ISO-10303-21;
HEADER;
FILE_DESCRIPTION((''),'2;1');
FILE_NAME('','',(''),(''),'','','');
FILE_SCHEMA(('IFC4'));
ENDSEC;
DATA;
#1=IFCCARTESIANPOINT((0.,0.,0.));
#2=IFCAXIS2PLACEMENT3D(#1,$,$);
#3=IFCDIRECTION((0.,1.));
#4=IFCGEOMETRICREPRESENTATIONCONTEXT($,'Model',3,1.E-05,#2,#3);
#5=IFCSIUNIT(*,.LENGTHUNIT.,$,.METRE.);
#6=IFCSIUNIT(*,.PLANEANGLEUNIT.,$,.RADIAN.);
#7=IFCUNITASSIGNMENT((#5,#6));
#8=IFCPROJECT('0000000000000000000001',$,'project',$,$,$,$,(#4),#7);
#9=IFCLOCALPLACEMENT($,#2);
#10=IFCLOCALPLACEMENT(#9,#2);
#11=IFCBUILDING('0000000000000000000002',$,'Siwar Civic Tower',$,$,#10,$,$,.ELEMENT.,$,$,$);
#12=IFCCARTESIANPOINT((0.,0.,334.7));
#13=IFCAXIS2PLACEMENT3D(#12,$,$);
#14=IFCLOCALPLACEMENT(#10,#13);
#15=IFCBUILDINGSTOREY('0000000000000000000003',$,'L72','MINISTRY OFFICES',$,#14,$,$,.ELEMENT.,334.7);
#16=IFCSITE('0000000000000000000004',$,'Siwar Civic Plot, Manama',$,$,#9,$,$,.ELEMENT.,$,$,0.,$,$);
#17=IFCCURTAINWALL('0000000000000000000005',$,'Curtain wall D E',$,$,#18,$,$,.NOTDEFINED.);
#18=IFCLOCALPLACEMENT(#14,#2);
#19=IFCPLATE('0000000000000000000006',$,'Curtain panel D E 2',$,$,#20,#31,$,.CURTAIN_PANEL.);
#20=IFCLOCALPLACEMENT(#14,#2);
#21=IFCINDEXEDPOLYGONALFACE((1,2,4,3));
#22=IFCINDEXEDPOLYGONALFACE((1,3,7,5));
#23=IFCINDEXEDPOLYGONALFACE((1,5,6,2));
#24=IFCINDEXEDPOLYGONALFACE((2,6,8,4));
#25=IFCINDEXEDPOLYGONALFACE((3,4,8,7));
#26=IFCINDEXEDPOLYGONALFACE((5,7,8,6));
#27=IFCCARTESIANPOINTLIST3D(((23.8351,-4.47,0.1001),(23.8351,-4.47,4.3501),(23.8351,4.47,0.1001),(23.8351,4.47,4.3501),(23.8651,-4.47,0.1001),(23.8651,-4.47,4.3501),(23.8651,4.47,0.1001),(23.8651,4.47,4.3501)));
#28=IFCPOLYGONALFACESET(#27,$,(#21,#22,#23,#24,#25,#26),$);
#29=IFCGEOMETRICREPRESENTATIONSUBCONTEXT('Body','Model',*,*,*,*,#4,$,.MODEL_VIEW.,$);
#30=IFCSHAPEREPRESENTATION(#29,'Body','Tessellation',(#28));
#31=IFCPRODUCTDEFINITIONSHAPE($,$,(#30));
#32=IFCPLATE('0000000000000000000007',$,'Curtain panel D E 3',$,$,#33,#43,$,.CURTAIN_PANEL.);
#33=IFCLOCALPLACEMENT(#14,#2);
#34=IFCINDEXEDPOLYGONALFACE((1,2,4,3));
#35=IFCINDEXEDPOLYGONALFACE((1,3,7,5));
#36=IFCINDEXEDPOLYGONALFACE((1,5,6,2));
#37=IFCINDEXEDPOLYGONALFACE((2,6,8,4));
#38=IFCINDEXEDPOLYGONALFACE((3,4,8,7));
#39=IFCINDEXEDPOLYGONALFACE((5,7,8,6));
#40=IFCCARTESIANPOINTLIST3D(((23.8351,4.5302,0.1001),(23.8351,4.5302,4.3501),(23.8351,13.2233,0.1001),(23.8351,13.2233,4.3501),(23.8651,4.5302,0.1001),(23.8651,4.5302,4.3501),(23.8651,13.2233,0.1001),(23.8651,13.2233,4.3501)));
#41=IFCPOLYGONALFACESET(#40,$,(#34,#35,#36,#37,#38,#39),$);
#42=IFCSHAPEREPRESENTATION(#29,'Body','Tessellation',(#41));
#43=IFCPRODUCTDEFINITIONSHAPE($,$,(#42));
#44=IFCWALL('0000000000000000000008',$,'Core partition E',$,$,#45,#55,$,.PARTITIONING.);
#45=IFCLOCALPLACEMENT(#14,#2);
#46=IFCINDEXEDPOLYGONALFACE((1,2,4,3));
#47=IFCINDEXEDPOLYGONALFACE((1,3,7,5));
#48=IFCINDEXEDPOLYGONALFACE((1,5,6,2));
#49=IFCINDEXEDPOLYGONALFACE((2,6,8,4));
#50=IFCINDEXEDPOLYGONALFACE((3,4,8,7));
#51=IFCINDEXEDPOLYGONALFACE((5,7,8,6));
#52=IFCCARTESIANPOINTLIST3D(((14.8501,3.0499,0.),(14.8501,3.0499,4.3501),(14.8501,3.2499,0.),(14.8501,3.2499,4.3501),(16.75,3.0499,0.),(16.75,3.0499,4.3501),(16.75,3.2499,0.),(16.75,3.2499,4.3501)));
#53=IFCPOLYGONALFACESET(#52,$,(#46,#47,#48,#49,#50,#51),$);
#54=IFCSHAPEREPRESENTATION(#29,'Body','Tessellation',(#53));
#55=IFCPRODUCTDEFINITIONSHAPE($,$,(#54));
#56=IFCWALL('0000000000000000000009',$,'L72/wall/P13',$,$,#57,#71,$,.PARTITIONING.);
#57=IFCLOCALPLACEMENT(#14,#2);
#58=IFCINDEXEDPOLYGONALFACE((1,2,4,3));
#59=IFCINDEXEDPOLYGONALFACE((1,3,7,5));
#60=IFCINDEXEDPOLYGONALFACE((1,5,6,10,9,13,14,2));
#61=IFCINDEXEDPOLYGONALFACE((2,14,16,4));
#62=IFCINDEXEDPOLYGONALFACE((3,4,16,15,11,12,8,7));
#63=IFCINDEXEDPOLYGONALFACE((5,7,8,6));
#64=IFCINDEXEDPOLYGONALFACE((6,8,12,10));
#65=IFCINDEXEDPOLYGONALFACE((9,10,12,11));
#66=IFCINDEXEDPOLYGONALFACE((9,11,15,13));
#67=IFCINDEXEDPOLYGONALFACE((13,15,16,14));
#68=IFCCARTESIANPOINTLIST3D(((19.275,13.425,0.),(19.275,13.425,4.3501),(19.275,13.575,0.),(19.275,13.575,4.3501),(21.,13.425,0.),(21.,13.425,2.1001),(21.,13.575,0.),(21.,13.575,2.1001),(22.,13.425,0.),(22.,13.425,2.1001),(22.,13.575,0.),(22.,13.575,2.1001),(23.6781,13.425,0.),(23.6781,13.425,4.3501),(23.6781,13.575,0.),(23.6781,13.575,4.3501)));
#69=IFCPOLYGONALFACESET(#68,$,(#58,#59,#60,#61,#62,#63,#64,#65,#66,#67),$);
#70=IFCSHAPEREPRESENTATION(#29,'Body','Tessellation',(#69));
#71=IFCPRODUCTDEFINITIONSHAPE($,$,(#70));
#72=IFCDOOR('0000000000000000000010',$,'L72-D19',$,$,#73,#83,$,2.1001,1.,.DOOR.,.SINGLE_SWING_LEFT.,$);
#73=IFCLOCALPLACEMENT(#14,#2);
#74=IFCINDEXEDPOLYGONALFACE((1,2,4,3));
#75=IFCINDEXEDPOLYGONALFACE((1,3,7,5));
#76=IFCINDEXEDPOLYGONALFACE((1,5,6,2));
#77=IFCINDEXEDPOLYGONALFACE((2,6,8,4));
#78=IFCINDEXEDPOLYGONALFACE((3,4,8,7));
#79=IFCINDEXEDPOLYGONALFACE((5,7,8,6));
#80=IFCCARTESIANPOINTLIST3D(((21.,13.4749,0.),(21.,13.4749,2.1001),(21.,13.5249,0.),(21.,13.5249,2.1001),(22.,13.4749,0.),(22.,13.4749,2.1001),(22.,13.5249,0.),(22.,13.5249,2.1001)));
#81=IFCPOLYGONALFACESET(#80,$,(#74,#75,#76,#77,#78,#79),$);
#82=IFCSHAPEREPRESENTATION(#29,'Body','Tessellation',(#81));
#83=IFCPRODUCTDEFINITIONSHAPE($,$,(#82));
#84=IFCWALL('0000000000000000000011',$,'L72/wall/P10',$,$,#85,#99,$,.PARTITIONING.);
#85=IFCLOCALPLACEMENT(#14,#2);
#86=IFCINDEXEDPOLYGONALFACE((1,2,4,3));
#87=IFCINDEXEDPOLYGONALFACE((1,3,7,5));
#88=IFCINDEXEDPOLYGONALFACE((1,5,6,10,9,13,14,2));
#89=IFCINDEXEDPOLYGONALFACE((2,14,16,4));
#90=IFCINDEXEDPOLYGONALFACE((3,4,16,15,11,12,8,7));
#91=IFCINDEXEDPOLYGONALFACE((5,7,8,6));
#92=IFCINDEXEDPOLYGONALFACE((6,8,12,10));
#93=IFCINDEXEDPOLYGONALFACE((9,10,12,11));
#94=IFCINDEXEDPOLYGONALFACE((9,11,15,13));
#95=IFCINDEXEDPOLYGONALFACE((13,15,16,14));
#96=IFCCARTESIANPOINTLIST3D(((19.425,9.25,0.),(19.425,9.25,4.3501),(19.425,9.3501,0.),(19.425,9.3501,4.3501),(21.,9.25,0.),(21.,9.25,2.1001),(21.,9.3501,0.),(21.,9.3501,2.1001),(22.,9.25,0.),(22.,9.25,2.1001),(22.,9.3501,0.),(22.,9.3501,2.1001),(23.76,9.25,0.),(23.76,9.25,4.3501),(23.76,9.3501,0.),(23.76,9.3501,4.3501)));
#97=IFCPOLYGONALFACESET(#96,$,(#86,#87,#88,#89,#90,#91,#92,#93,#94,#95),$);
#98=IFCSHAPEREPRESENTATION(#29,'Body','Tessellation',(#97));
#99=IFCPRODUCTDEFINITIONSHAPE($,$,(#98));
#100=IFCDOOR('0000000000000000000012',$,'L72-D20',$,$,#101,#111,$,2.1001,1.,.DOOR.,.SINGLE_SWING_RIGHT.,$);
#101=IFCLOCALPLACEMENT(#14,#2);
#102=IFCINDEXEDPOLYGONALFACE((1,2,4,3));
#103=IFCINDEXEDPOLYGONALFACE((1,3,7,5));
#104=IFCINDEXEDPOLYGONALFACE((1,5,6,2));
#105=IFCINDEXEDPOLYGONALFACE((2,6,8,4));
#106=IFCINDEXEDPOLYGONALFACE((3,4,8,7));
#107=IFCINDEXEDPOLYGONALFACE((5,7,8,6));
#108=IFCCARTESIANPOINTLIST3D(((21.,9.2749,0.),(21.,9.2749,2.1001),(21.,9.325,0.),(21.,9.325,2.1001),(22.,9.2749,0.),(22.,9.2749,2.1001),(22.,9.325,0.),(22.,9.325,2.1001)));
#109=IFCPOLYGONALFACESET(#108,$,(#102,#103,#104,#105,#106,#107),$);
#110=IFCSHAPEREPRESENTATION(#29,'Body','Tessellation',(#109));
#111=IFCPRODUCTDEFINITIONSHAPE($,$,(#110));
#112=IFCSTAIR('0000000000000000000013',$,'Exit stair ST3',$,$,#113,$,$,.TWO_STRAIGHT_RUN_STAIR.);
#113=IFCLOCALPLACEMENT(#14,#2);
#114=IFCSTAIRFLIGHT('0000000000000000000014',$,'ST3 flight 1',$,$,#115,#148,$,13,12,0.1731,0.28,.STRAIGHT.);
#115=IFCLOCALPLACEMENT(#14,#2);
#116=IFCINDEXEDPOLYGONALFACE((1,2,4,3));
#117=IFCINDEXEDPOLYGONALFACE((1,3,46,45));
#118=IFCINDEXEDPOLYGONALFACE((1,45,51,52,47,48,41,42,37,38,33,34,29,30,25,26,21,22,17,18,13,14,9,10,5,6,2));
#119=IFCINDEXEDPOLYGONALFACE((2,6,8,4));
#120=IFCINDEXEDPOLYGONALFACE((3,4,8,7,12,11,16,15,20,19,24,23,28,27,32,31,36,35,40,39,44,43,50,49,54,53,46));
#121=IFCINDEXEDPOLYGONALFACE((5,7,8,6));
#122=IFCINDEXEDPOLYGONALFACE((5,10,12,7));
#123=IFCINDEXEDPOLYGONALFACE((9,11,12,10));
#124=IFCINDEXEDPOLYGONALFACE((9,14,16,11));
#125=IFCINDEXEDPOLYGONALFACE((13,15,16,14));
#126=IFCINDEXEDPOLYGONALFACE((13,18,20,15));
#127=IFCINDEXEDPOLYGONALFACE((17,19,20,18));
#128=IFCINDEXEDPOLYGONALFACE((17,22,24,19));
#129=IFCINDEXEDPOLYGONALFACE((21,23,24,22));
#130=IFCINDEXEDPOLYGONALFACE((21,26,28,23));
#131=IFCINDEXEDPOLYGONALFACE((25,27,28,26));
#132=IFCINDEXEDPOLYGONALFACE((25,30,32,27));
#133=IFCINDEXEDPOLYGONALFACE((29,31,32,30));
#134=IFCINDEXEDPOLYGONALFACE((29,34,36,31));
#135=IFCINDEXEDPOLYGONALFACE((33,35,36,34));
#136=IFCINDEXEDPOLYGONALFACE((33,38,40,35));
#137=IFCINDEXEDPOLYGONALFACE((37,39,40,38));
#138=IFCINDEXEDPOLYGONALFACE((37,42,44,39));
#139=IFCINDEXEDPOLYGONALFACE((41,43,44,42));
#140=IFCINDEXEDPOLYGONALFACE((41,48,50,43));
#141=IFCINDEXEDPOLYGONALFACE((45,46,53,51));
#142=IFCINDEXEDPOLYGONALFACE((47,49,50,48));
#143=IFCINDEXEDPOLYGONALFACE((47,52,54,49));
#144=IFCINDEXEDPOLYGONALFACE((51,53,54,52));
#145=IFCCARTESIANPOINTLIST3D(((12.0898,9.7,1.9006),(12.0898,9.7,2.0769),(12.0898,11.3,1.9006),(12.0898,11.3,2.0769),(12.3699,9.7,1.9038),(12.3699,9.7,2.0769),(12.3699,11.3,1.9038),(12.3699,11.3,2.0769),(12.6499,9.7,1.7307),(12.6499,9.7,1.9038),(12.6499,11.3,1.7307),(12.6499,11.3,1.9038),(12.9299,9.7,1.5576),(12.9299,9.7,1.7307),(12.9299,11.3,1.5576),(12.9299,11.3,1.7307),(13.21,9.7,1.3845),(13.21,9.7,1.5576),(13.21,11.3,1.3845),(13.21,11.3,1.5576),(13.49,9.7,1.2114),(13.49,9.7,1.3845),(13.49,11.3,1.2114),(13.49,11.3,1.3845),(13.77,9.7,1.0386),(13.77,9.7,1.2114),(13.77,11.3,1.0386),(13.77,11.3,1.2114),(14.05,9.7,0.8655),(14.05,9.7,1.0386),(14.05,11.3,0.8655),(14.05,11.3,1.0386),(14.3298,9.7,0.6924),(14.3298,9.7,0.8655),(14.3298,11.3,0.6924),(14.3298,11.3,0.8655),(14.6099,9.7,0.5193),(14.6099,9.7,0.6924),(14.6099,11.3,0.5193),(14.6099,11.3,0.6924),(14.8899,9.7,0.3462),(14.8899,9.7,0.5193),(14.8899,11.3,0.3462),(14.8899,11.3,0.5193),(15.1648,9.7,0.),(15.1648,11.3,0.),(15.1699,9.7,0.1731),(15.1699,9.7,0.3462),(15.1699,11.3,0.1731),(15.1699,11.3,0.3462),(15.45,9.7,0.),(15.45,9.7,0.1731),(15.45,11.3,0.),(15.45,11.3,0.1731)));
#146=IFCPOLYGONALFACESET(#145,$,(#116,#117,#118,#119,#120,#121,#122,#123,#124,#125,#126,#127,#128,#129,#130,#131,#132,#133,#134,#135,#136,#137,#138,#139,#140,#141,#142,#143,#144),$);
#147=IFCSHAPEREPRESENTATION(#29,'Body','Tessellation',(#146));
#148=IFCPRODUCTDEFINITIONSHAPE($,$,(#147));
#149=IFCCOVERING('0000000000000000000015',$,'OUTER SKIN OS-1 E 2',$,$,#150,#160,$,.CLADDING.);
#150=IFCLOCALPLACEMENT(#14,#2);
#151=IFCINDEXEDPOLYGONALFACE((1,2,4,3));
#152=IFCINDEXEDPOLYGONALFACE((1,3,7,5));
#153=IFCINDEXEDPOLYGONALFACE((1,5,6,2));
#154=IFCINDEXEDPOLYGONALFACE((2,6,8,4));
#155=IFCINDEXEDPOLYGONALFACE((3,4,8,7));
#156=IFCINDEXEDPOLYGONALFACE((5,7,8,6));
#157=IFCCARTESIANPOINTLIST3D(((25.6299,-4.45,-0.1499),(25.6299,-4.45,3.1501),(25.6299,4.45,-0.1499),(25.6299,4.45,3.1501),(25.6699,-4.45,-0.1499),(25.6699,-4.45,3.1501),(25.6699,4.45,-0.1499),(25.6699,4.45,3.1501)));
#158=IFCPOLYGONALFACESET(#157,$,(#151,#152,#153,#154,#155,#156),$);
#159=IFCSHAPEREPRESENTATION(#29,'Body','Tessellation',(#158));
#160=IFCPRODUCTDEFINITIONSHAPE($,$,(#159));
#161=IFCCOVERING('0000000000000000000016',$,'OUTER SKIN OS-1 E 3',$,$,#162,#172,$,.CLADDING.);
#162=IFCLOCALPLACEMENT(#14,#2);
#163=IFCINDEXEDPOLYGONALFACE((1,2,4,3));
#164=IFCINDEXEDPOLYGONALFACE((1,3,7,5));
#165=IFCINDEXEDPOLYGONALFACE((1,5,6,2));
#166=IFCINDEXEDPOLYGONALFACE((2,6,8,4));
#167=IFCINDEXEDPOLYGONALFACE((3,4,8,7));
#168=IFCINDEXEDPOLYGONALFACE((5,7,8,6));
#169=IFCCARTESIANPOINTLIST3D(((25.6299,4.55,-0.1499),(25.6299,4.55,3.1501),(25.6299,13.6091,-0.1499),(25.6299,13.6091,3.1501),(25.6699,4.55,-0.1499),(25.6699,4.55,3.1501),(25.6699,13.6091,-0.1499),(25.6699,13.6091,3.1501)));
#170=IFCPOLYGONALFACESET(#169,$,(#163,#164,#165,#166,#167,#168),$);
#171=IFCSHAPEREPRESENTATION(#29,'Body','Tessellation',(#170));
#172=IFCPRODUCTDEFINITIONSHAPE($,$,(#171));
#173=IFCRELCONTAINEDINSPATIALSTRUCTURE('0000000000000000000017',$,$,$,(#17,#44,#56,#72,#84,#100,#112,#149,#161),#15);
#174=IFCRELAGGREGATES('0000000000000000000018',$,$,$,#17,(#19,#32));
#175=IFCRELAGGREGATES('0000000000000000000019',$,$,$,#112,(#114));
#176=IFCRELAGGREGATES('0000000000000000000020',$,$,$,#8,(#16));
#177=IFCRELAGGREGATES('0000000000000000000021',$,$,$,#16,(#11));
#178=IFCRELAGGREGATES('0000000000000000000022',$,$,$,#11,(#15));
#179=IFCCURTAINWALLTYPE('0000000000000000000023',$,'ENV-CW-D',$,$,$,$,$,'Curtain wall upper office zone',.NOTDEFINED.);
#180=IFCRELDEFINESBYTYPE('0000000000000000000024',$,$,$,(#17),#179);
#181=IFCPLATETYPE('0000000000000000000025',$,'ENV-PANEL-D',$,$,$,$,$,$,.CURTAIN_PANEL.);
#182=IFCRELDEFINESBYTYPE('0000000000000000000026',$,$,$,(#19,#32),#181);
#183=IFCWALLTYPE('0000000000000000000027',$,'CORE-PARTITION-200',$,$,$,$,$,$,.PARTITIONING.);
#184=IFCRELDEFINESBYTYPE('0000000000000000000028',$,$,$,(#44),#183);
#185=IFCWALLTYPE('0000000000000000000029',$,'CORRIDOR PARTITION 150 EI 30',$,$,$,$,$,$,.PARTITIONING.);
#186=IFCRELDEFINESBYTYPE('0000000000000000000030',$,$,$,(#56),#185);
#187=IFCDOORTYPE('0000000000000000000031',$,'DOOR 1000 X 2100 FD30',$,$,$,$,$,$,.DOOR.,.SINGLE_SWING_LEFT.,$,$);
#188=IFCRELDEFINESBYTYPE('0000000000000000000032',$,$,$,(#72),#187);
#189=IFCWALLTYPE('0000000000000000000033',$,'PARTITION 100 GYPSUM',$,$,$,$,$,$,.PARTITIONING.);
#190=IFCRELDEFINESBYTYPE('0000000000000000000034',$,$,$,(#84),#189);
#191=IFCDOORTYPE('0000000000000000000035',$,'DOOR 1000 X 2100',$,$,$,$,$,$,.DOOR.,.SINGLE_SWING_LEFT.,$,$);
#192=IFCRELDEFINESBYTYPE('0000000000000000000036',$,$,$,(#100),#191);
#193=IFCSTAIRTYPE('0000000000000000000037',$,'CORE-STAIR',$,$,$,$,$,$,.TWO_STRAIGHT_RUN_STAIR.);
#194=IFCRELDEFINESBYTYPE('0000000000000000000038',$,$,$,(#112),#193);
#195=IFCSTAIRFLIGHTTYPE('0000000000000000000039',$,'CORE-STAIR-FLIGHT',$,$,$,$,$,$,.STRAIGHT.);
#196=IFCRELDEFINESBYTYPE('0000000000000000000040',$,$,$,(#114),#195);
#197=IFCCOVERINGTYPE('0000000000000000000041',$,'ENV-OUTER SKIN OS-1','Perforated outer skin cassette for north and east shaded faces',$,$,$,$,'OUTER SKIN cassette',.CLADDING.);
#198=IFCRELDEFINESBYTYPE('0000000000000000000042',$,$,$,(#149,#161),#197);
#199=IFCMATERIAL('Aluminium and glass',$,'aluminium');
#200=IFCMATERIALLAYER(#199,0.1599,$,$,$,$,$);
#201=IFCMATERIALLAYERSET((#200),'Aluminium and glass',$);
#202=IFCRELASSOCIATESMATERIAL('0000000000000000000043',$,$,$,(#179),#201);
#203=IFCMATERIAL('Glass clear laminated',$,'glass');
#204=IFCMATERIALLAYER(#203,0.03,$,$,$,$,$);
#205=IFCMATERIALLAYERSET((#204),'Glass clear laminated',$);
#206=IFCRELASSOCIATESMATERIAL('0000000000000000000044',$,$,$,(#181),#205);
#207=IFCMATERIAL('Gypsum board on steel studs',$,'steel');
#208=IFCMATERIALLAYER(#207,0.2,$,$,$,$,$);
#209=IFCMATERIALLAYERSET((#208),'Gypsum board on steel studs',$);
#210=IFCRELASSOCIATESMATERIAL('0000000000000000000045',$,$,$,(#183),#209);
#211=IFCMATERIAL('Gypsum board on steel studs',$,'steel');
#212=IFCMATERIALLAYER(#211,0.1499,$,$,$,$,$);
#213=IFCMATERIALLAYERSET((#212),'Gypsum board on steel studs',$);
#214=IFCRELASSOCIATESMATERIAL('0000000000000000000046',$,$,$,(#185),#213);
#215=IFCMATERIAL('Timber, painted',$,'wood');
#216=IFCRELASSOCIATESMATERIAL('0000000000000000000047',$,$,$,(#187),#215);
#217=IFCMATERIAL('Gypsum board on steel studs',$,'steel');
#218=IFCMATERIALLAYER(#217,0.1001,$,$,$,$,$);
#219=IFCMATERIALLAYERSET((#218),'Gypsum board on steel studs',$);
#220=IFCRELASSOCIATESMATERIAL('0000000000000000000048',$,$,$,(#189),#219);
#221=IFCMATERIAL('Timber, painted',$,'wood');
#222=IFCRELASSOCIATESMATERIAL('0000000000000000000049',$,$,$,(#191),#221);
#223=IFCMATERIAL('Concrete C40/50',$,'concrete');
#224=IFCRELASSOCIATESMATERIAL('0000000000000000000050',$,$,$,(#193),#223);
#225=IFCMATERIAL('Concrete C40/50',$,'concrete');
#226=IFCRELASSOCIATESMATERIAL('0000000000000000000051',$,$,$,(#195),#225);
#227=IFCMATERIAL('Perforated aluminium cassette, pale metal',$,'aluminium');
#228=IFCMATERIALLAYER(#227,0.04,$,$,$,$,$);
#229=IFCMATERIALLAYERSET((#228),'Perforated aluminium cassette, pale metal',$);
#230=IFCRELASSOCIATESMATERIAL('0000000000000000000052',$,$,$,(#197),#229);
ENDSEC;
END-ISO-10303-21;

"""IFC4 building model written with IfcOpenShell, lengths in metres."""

from ifc_helpers import new_model, si_unit, direction, frame, frame_2d, origin, origin_2d, place, context, subcontext, project, spatial, polyline, rectangle, outline, extrude, material, layer, layer_set, type_object, element, fill, aggregate, save


model = new_model("IFC4")

# Units and contexts
model_context = context("Model", 3, precision=1e-05, world=origin(), true_north=direction((0.0, 1.0)))
body_context = subcontext(model_context, "Body", "Model", "MODEL_VIEW")
ifc_project = project(units=[si_unit("LENGTHUNIT", "METRE"), si_unit("PLANEANGLEUNIT", "RADIAN")], contexts=[model_context])

# Site, building, storey
site_placement = place(None, origin())
site = spatial("IfcSite", under=ifc_project, at=site_placement, Name="Siwar Civic Plot, Manama", CompositionType="ELEMENT", RefElevation=0.0)
building_placement = place(site_placement, origin())
building = spatial("IfcBuilding", under=site, at=building_placement, Name="Siwar Civic Tower", CompositionType="ELEMENT")
storey_placement = place(building_placement, frame((0.0, 0.0, 334.7)))
storey = spatial("IfcBuildingStorey", under=building, at=storey_placement, Name="L72", Description="MINISTRY OFFICES", CompositionType="ELEMENT", Elevation=334.7)

# Curtain wall
ifc_material_1 = material(Name="Aluminium and glass", Category="aluminium")
ifc_layer_1 = layer(ifc_material_1, 0.1599)
ifc_layer_set_1 = layer_set([ifc_layer_1], Name="Aluminium and glass")
curtain_wall_type_1 = type_object("IfcCurtainWallType", Name="ENV-CW-D", ElementType="Curtain wall upper office zone", PredefinedType="NOTDEFINED", material=ifc_layer_set_1)
curtain_wall_1_placement = place(storey_placement, origin())
curtain_wall_1 = element("IfcCurtainWall", 1, at=curtain_wall_1_placement, inside=storey, type_object=curtain_wall_type_1, Name="Curtain wall D E", PredefinedType="NOTDEFINED")

# Plates
ifc_material_2 = material(Name="Glass clear laminated", Category="glass")
ifc_layer_2 = layer(ifc_material_2, 0.03)
ifc_layer_set_2 = layer_set([ifc_layer_2], Name="Glass clear laminated")
plate_type = type_object("IfcPlateType", Name="ENV-PANEL-D", PredefinedType="CURTAIN_PANEL", material=ifc_layer_set_2)
plate_1_placement = place(storey_placement, frame((23.8501, 0.0, 0.1001), z_axis=(0.0, 0.0, 1.0), x_axis=(0.0, 1.0, 0.0)))
plate_1 = element("IfcPlate", 2, at=plate_1_placement, type_object=plate_type, Name="Curtain panel D E 2", PredefinedType="CURTAIN_PANEL", context=body_context, shape_type="SweptSolid", body=[
    extrude(rectangle(XDim=8.9399, YDim=0.03, at=origin_2d()), origin(), (0.0, 0.0, 1.0), 4.25),
])
plate_2_placement = place(storey_placement, frame((23.8501, 8.8767, 0.1001), z_axis=(0.0, 0.0, 1.0), x_axis=(0.0, 1.0, 0.0)))
plate_2 = element("IfcPlate", 3, at=plate_2_placement, type_object=plate_type, Name="Curtain panel D E 3", PredefinedType="CURTAIN_PANEL", context=body_context, shape_type="SweptSolid", body=[
    extrude(rectangle(XDim=8.6931, YDim=0.03, at=origin_2d()), origin(), (0.0, 0.0, 1.0), 4.25),
])
aggregate(curtain_wall_1, [plate_1, plate_2])

# Wall
ifc_material_3 = material(Name="Gypsum board on steel studs", Category="steel")
ifc_layer_3 = layer(ifc_material_3, 0.2)
ifc_layer_set_3 = layer_set([ifc_layer_3], Name="Gypsum board on steel studs")
wall_type_1 = type_object("IfcWallType", Name="CORE-PARTITION-200", PredefinedType="PARTITIONING", material=ifc_layer_set_3)
wall_1_placement = place(storey_placement, frame((14.8501, 3.1499, 0.0), z_axis=(0.0, 0.0, 1.0), x_axis=(1.0, 0.0, 0.0)))
element("IfcWall", 4, at=wall_1_placement, inside=storey, type_object=wall_type_1, Name="Core partition E", PredefinedType="PARTITIONING", context=body_context, shape_type="SweptSolid", body=[
    extrude(rectangle(XDim=1.8999, YDim=0.2, at=frame_2d((0.95, 0.0))), origin(), (0.0, 0.0, 1.0), 4.3501),
])

# Walls, openings, doors
ifc_material_4 = material(Name="Gypsum board on steel studs", Category="steel")
ifc_layer_4 = layer(ifc_material_4, 0.1499)
ifc_layer_set_4 = layer_set([ifc_layer_4], Name="Gypsum board on steel studs")
wall_type_2 = type_object("IfcWallType", Name="CORRIDOR PARTITION 150 EI 30", PredefinedType="PARTITIONING", material=ifc_layer_set_4)
wall_2_placement = place(storey_placement, frame((19.2749, 13.5, 0.0), z_axis=(0.0, 0.0, 1.0), x_axis=(1.0, 0.0, 0.0)))
wall_2 = element("IfcWall", 5, at=wall_2_placement, inside=storey, type_object=wall_type_2, Name="L72/wall/P13", PredefinedType="PARTITIONING", context=body_context, shape_type="SweptSolid", body=[
    extrude(rectangle(XDim=4.4031, YDim=0.1499, at=frame_2d((2.2017, 0.0))), origin(), (0.0, 0.0, 1.0), 4.3501),
])
opening_1_placement = place(wall_2_placement, frame((1.7251, 0.0, 0.0)))
opening_1 = element("IfcOpeningElement", 6, at=opening_1_placement, cuts=wall_2, PredefinedType="OPENING", context=body_context, shape_type="SweptSolid", body=[
    extrude(rectangle(XDim=1.0, YDim=2.1001, at=frame_2d((0.5, 1.05))), frame((0.0, 0.085, 0.0), z_axis=(0.0, -1.0, 0.0), x_axis=(1.0, 0.0, 0.0)), (0.0, 0.0, 1.0), 0.1699),
])
ifc_material_5 = material(Name="Timber, painted", Category="wood")
door_type_1 = type_object("IfcDoorType", Name="DOOR 1000 X 2100 FD30", OperationType="SINGLE_SWING_LEFT", PredefinedType="DOOR", material=ifc_material_5)
door_1_placement = place(opening_1_placement, origin())
door_1 = element("IfcDoor", 7, at=door_1_placement, inside=storey, type_object=door_type_1, Name="L72-D19", OperationType="SINGLE_SWING_LEFT", OverallHeight=2.1001, OverallWidth=1.0, PredefinedType="DOOR", context=body_context, shape_type="SweptSolid", body=[
    extrude(rectangle(XDim=1.0, YDim=2.1001, at=frame_2d((0.5, 1.05))), frame((0.0, 0.0249, 0.0), z_axis=(0.0, -1.0, 0.0), x_axis=(1.0, 0.0, 0.0)), (0.0, 0.0, 1.0), 0.05),
])
fill(opening_1, door_1)
ifc_material_6 = material(Name="Gypsum board on steel studs", Category="steel")
ifc_layer_5 = layer(ifc_material_6, 0.1001)
ifc_layer_set_5 = layer_set([ifc_layer_5], Name="Gypsum board on steel studs")
wall_type_3 = type_object("IfcWallType", Name="PARTITION 100 GYPSUM", PredefinedType="PARTITIONING", material=ifc_layer_set_5)
wall_3_placement = place(storey_placement, frame((19.425, 9.3, 0.0), z_axis=(0.0, 0.0, 1.0), x_axis=(1.0, 0.0, 0.0)))
wall_3 = element("IfcWall", 8, at=wall_3_placement, inside=storey, type_object=wall_type_3, Name="L72/wall/P10", PredefinedType="PARTITIONING", context=body_context, shape_type="SweptSolid", body=[
    extrude(rectangle(XDim=4.335, YDim=0.1001, at=frame_2d((2.1675, 0.0))), origin(), (0.0, 0.0, 1.0), 4.3501),
])
opening_2_placement = place(wall_3_placement, frame((1.575, 0.0, 0.0)))
opening_2 = element("IfcOpeningElement", 9, at=opening_2_placement, cuts=wall_3, PredefinedType="OPENING", context=body_context, shape_type="SweptSolid", body=[
    extrude(rectangle(XDim=1.0, YDim=2.1001, at=frame_2d((0.5, 1.05))), frame((0.0, 0.0601, 0.0), z_axis=(0.0, -1.0, 0.0), x_axis=(1.0, 0.0, 0.0)), (0.0, 0.0, 1.0), 0.1201),
])
ifc_material_7 = material(Name="Timber, painted", Category="wood")
door_type_2 = type_object("IfcDoorType", Name="DOOR 1000 X 2100", OperationType="SINGLE_SWING_LEFT", PredefinedType="DOOR", material=ifc_material_7)
door_2_placement = place(opening_2_placement, origin())
door_2 = element("IfcDoor", 10, at=door_2_placement, inside=storey, type_object=door_type_2, Name="L72-D20", OperationType="SINGLE_SWING_RIGHT", OverallHeight=2.1001, OverallWidth=1.0, PredefinedType="DOOR", context=body_context, shape_type="SweptSolid", body=[
    extrude(rectangle(XDim=1.0, YDim=2.1001, at=frame_2d((0.5, 1.05))), frame((0.0, 0.0249, 0.0), z_axis=(0.0, -1.0, 0.0), x_axis=(1.0, 0.0, 0.0)), (0.0, 0.0, 1.0), 0.05),
])
fill(opening_2, door_2)

# Stair, stair flight
ifc_material_8 = material(Name="Concrete C40/50", Category="concrete")
stair_type = type_object("IfcStairType", Name="CORE-STAIR", PredefinedType="TWO_STRAIGHT_RUN_STAIR", material=ifc_material_8)
stair_placement = place(storey_placement, origin())
stair = element("IfcStair", 11, at=stair_placement, inside=storey, type_object=stair_type, Name="Exit stair ST3", PredefinedType="TWO_STRAIGHT_RUN_STAIR")
ifc_material_9 = material(Name="Concrete C40/50", Category="concrete")
stair_flight_type = type_object("IfcStairFlightType", Name="CORE-STAIR-FLIGHT", PredefinedType="STRAIGHT", material=ifc_material_9)
stair_flight_placement = place(storey_placement, frame((15.45, 10.5, 0.0), z_axis=(0.0, 0.0, 1.0), x_axis=(-1.0, 0.0, 0.0)))
stair_flight = element("IfcStairFlight", 12, at=stair_flight_placement, type_object=stair_flight_type, Name="ST3 flight 1", NumberOfRisers=13, NumberOfTreads=12, PredefinedType="STRAIGHT", RiserHeight=0.1731, TreadLength=0.28, context=body_context, shape_type="SweptSolid", body=[
    extrude(outline(polyline([(0.0, 0.0), (0.0, 0.1731), (0.28, 0.1731), (0.28, 0.3462), (0.5601, 0.3462), (0.5601, 0.5193), (0.8401, 0.5193), (0.8401, 0.6924), (1.1201, 0.6924), (1.1201, 0.8655), (1.3999, 0.8655), (1.3999, 1.0386), (1.6799, 1.0386), (1.6799, 1.2114), (1.96, 1.2114), (1.96, 1.3845), (2.24, 1.3845), (2.24, 1.5576), (2.52, 1.5576), (2.52, 1.7307), (2.8, 1.7307), (2.8, 1.9038), (3.0801, 1.9038), (3.0801, 2.0769), (3.3601, 2.0769), (3.3601, 2.25), (3.3601, 1.9006), (0.2852, 0.0), (0.0, 0.0)])), frame((0.0, 0.8, 0.0), z_axis=(0.0, -1.0, 0.0), x_axis=(1.0, 0.0, 0.0)), (0.0, 0.0, 1.0), 1.6001),
])
aggregate(stair, [stair_flight])

# Coverings
ifc_material_10 = material(Name="Perforated aluminium cassette, pale metal", Category="aluminium")
ifc_layer_6 = layer(ifc_material_10, 0.04)
ifc_layer_set_6 = layer_set([ifc_layer_6], Name="Perforated aluminium cassette, pale metal")
covering_type = type_object("IfcCoveringType", Name="ENV-OUTER SKIN OS-1", Description="Perforated outer skin cassette for north and east shaded faces", ElementType="OUTER SKIN cassette", PredefinedType="CLADDING", material=ifc_layer_set_6)
covering_1_placement = place(storey_placement, frame((25.6499, 0.0, -0.1499), z_axis=(0.0, 0.0, 1.0), x_axis=(0.0, 1.0, 0.0)))
element("IfcCovering", 13, at=covering_1_placement, inside=storey, type_object=covering_type, Name="OUTER SKIN OS-1 E 2", PredefinedType="CLADDING", context=body_context, shape_type="SweptSolid", body=[
    extrude(rectangle(XDim=8.8999, YDim=0.04, at=origin_2d()), origin(), (0.0, 0.0, 1.0), 3.3),
])
covering_2_placement = place(storey_placement, frame((25.6499, 9.0796, -0.1499), z_axis=(0.0, 0.0, 1.0), x_axis=(0.0, 1.0, 0.0)))
element("IfcCovering", 14, at=covering_2_placement, inside=storey, type_object=covering_type, Name="OUTER SKIN OS-1 E 3", PredefinedType="CLADDING", context=body_context, shape_type="SweptSolid", body=[
    extrude(rectangle(XDim=9.0591, YDim=0.04, at=origin_2d()), origin(), (0.0, 0.0, 1.0), 3.3),
])

save(model, "model.ifc")
